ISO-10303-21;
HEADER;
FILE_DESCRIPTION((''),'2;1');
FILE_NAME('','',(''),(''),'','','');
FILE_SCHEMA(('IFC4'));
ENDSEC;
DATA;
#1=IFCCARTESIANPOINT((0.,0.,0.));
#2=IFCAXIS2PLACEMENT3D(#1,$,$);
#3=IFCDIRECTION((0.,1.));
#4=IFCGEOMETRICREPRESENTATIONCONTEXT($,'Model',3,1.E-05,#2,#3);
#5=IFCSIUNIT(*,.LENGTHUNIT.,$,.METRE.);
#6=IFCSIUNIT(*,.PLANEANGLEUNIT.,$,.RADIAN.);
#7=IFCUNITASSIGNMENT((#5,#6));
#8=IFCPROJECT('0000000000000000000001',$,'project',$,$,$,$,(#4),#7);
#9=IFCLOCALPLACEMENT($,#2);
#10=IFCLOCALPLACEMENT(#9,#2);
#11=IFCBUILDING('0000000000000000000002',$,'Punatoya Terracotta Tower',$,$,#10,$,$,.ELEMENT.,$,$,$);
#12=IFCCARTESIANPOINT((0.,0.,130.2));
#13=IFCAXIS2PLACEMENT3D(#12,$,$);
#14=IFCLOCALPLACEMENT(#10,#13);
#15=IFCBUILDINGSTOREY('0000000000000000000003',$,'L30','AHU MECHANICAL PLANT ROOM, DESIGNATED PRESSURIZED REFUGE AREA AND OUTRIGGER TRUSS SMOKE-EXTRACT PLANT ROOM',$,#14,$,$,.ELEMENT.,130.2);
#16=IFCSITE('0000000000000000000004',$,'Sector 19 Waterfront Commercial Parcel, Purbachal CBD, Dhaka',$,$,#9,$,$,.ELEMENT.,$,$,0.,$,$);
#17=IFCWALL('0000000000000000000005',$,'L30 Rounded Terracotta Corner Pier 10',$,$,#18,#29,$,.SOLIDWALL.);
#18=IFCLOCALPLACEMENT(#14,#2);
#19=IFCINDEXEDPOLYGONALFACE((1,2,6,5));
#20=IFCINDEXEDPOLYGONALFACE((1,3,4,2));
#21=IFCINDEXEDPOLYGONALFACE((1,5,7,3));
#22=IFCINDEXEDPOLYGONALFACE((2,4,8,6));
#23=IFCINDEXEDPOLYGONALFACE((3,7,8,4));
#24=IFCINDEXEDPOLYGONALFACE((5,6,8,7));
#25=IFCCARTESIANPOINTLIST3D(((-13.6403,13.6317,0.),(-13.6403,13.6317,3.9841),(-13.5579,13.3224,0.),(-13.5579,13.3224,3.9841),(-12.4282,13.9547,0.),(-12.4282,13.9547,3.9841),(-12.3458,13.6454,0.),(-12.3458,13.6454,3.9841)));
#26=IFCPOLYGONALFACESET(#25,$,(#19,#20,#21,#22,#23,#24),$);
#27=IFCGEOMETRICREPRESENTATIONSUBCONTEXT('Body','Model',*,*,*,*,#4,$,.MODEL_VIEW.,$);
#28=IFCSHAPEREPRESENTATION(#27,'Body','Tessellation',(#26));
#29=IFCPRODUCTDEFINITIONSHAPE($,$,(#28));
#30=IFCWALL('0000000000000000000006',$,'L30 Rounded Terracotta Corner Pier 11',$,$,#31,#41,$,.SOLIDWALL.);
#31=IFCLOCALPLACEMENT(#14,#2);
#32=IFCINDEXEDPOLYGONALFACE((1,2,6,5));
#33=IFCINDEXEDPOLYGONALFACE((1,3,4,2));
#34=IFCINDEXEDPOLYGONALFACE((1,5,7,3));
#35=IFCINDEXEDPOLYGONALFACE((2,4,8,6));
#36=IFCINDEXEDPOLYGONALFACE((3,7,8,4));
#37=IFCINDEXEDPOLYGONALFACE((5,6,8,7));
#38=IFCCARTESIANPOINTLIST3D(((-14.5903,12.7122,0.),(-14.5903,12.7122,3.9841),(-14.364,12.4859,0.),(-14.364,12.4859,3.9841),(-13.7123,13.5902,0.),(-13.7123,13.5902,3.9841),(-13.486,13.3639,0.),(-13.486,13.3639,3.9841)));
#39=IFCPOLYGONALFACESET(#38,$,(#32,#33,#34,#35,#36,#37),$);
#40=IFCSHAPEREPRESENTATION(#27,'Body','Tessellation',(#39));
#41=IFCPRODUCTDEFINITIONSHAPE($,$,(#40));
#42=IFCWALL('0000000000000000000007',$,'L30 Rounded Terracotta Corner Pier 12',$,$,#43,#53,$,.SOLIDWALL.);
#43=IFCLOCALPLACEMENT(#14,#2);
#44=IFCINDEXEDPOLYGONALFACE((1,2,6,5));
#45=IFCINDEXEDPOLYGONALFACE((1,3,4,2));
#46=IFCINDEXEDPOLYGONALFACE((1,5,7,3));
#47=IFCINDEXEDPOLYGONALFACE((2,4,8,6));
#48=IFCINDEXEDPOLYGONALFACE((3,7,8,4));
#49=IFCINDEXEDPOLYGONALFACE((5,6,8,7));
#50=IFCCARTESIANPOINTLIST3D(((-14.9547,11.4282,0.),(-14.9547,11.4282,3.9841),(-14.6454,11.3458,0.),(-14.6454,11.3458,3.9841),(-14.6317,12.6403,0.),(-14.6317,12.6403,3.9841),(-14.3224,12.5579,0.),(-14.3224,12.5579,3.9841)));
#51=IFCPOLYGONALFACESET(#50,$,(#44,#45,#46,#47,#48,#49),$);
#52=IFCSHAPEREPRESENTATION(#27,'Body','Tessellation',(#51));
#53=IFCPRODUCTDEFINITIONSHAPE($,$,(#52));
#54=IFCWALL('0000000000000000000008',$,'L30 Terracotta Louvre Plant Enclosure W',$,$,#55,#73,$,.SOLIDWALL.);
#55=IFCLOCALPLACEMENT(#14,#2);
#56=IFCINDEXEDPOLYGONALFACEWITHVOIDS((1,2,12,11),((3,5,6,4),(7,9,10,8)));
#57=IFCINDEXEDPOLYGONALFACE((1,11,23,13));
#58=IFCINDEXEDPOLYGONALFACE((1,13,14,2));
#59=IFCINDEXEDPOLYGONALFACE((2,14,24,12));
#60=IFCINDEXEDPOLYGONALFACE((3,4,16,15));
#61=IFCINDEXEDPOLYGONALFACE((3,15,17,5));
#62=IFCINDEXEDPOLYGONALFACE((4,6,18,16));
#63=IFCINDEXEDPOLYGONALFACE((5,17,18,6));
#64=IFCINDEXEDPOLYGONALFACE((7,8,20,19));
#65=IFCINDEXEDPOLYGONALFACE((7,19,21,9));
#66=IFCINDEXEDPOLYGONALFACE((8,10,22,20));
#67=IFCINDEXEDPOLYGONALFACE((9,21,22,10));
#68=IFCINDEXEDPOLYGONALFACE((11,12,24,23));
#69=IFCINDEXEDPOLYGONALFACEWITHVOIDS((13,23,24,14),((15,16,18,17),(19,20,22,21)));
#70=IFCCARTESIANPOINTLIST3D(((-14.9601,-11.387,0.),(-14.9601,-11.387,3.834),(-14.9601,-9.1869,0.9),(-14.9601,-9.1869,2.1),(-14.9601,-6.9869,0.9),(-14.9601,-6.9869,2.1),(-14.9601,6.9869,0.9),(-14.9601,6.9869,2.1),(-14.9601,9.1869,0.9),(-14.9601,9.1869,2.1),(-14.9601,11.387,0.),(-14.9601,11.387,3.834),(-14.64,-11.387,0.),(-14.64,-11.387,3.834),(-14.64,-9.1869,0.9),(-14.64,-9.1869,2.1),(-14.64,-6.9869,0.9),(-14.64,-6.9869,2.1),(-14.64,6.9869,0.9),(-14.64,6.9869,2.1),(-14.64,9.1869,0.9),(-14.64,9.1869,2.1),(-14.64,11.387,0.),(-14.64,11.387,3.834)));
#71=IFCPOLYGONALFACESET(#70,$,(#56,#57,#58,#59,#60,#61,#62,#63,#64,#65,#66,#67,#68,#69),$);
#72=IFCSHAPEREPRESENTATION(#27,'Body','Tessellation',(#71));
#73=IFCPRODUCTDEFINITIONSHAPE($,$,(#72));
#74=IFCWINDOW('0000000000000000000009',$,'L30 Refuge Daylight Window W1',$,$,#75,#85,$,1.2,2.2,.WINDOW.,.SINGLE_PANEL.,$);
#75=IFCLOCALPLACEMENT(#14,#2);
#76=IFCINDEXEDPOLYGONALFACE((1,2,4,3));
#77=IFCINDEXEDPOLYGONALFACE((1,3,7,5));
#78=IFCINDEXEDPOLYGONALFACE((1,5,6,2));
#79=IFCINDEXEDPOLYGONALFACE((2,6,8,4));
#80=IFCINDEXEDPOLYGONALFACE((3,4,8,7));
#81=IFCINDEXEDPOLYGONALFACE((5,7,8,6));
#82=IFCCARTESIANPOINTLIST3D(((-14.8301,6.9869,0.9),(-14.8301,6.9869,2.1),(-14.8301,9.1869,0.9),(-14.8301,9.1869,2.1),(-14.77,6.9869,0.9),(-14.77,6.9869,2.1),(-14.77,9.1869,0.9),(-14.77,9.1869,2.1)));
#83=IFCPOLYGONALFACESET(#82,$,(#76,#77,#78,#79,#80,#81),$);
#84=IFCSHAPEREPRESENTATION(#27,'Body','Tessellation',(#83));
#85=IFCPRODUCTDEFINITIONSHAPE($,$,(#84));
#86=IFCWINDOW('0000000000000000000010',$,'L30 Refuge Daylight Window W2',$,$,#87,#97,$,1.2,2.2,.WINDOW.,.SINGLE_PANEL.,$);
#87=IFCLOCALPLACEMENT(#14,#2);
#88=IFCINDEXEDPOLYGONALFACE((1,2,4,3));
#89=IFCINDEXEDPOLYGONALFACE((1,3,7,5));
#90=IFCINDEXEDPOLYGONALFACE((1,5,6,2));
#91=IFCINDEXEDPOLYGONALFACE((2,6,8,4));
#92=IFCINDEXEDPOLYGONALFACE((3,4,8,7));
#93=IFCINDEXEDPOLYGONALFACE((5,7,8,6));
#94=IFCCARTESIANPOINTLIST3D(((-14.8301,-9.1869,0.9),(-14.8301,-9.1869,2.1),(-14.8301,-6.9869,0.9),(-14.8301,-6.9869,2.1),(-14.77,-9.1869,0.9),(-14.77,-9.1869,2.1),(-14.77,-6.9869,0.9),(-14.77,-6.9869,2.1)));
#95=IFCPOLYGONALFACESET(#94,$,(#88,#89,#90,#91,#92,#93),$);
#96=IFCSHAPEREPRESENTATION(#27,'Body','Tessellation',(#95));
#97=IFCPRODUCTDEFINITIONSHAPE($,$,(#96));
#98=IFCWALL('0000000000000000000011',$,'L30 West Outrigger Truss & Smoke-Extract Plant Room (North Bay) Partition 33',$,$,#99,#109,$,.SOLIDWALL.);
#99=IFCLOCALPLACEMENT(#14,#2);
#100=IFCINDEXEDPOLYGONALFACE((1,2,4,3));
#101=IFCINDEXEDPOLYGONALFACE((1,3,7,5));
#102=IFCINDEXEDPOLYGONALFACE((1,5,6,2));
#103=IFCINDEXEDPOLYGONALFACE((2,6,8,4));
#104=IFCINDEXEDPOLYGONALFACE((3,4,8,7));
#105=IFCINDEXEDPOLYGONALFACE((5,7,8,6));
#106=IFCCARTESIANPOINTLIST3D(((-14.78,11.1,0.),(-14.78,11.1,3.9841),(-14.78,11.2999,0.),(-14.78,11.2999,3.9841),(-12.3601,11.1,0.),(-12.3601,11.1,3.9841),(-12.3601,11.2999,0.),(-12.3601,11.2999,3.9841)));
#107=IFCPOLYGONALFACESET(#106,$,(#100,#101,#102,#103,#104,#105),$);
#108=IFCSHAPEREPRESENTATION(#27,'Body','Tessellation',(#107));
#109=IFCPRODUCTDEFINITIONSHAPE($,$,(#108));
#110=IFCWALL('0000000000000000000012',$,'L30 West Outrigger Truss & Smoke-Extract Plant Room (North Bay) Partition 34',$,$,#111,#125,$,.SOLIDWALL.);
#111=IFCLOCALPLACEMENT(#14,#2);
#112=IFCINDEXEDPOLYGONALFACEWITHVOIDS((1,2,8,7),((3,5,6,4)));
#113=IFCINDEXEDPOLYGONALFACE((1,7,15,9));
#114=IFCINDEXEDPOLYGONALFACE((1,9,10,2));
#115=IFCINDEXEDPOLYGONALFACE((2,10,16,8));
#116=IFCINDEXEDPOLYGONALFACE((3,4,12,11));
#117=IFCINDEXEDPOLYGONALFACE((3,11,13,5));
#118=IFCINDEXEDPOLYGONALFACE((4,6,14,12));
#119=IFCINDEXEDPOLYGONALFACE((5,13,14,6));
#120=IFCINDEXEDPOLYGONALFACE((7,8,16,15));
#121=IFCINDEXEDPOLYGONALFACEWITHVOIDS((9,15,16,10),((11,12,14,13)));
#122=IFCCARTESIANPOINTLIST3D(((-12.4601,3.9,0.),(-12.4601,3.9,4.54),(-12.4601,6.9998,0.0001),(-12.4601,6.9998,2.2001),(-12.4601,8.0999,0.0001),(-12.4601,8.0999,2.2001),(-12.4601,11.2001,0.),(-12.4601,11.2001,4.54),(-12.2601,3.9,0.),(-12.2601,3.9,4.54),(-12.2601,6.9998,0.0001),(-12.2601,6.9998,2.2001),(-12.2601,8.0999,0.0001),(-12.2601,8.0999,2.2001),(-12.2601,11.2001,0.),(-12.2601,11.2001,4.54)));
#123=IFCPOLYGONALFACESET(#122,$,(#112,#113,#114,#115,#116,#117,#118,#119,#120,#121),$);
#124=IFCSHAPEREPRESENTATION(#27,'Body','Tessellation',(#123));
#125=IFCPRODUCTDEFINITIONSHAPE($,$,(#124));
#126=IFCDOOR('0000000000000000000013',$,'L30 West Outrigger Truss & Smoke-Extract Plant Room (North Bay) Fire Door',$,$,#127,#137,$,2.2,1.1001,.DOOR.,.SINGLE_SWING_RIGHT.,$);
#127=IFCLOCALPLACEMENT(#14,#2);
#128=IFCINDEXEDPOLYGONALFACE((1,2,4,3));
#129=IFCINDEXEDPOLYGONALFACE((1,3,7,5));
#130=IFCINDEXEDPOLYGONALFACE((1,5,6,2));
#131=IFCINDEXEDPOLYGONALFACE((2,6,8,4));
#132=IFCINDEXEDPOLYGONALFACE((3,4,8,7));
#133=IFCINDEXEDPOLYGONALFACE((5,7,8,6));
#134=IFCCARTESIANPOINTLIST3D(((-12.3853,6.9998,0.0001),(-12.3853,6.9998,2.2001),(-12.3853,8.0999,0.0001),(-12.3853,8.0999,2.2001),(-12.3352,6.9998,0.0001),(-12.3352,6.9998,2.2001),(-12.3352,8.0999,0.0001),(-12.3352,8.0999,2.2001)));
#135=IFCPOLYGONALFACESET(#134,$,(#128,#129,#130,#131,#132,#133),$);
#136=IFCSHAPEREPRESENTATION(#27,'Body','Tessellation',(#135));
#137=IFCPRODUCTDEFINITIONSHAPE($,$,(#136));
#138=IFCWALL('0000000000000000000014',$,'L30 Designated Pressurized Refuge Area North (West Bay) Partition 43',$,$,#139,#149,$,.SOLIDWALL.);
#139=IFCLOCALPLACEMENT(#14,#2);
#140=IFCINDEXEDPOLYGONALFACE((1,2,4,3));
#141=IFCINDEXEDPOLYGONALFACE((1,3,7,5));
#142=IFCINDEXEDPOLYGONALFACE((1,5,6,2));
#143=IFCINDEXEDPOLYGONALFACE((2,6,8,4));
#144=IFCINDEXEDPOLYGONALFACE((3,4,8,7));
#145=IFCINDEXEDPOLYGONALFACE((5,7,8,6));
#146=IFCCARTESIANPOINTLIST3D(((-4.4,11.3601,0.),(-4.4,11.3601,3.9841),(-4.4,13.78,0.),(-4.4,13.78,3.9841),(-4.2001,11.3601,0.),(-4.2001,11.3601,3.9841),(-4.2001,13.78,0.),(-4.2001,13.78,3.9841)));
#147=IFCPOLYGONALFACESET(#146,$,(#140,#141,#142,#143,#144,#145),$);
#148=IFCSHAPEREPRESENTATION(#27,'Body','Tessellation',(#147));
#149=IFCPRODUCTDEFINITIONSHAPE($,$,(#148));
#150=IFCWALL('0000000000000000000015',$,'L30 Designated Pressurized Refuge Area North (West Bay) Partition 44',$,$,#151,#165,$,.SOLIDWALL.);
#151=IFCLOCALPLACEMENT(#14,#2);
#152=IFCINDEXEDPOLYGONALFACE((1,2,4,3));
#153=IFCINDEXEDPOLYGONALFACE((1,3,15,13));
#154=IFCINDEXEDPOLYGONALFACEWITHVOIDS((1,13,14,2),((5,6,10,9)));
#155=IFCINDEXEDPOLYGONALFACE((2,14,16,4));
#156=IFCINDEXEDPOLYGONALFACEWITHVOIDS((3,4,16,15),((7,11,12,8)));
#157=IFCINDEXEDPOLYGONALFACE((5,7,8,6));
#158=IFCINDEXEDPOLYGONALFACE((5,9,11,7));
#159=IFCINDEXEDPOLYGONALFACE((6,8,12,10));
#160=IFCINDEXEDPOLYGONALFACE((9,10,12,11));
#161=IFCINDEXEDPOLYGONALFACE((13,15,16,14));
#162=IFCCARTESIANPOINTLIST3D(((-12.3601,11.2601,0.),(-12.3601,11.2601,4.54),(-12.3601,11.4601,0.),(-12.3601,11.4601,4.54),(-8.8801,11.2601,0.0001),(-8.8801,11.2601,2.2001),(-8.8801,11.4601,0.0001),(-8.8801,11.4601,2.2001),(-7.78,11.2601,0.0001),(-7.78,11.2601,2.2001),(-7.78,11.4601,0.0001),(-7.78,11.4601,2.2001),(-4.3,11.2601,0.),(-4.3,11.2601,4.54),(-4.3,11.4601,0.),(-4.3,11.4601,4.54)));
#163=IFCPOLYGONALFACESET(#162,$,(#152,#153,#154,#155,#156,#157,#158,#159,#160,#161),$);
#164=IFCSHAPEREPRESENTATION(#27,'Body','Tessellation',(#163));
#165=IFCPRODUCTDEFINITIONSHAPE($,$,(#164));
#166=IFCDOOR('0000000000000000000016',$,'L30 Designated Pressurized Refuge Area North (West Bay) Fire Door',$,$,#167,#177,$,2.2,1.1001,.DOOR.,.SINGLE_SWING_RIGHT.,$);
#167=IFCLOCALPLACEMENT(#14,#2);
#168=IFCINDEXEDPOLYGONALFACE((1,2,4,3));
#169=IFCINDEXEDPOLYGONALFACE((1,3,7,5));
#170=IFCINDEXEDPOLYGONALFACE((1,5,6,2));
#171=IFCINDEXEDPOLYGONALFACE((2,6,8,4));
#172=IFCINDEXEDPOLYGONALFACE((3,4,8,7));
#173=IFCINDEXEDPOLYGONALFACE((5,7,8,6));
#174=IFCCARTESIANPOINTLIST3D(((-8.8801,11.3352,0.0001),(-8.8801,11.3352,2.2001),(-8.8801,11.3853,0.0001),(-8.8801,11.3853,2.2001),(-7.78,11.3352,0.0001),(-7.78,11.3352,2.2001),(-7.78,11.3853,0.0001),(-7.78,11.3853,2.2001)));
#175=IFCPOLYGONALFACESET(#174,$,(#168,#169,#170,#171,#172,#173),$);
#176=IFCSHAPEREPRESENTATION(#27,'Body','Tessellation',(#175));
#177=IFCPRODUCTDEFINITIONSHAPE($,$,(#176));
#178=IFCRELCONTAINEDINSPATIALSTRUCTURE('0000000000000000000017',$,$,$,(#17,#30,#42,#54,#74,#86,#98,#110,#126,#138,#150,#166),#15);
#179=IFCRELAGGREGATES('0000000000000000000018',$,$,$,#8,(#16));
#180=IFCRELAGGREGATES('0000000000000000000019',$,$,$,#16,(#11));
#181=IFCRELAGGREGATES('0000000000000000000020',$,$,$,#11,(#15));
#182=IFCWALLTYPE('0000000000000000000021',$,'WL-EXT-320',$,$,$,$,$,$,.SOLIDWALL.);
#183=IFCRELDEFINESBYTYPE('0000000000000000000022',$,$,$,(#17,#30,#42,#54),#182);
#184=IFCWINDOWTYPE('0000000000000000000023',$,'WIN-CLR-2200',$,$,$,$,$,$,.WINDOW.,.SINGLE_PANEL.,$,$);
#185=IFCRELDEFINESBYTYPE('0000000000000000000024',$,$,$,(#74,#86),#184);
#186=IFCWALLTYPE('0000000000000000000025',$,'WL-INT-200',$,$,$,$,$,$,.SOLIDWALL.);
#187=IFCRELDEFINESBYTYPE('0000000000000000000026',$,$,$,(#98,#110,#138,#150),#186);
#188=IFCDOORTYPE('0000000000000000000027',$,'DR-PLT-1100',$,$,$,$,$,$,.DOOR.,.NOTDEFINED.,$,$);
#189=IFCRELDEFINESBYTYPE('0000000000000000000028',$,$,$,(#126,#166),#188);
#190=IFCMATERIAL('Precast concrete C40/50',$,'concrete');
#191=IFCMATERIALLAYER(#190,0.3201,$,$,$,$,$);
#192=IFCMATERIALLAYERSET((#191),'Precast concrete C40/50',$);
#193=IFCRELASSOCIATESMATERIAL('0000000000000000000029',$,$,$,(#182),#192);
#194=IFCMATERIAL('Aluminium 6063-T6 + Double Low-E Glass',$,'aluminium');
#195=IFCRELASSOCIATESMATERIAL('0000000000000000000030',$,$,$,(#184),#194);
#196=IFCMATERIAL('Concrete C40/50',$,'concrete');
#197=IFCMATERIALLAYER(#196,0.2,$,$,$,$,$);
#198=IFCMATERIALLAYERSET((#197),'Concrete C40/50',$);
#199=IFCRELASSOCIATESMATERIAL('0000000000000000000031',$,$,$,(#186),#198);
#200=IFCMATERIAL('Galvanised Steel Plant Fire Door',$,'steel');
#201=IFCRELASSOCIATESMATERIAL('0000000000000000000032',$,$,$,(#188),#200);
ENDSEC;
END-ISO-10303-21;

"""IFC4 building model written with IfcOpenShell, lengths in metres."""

from ifc_helpers import new_model, si_unit, direction, frame, frame_2d, origin, place, context, subcontext, project, spatial, rectangle, extrude, material, layer, layer_set, type_object, element, fill, save


model = new_model("IFC4")

# Units and contexts
model_context = context("Model", 3, precision=1e-05, world=origin(), true_north=direction((0.0, 1.0)))
body_context = subcontext(model_context, "Body", "Model", "MODEL_VIEW")
ifc_project = project(units=[si_unit("LENGTHUNIT", "METRE"), si_unit("PLANEANGLEUNIT", "RADIAN")], contexts=[model_context])

# Site, building, storey
site_placement = place(None, origin())
site = spatial("IfcSite", under=ifc_project, at=site_placement, Name="Sector 19 Waterfront Commercial Parcel, Purbachal CBD, Dhaka", CompositionType="ELEMENT", RefElevation=0.0)
building_placement = place(site_placement, origin())
building = spatial("IfcBuilding", under=site, at=building_placement, Name="Punatoya Terracotta Tower", CompositionType="ELEMENT")
storey_placement = place(building_placement, frame((0.0, 0.0, 130.2)))
storey = spatial("IfcBuildingStorey", under=building, at=storey_placement, Name="L30", Description="AHU MECHANICAL PLANT ROOM, DESIGNATED PRESSURIZED REFUGE AREA AND OUTRIGGER TRUSS SMOKE-EXTRACT PLANT ROOM", CompositionType="ELEMENT", Elevation=130.2)

# Walls
ifc_material_1 = material(Name="Precast concrete C40/50", Category="concrete")
ifc_layer_1 = layer(ifc_material_1, 0.3201)
ifc_layer_set_1 = layer_set([ifc_layer_1], Name="Precast concrete C40/50")
wall_type_1 = type_object("IfcWallType", Name="WL-EXT-320", PredefinedType="SOLIDWALL", material=ifc_layer_set_1)
wall_1_placement = place(storey_placement, frame((-12.387, 13.8, 0.0), z_axis=(0.0, 0.0, 1.0), x_axis=(-0.966283, -0.257481, 0.0)))
element("IfcWall", 1, at=wall_1_placement, inside=storey, type_object=wall_type_1, Name="L30 Rounded Terracotta Corner Pier 10", PredefinedType="SOLIDWALL", context=body_context, shape_type="SweptSolid", body=[
    extrude(rectangle(XDim=1.2544, YDim=0.3201, at=frame_2d((0.6272, 0.0))), origin(), (0.0, 0.0, 1.0), 3.9841),
])
wall_2_placement = place(storey_placement, frame((-13.5991, 13.4771, 0.0), z_axis=(0.0, 0.0, 1.0), x_axis=(-0.707107, -0.707107, 0.0)))
element("IfcWall", 2, at=wall_2_placement, inside=storey, type_object=wall_type_1, Name="L30 Rounded Terracotta Corner Pier 11", PredefinedType="SOLIDWALL", context=body_context, shape_type="SweptSolid", body=[
    extrude(rectangle(XDim=1.2417, YDim=0.3201, at=frame_2d((0.6208, 0.0))), origin(), (0.0, 0.0, 1.0), 3.9841),
])
wall_3_placement = place(storey_placement, frame((-14.4771, 12.5991, 0.0), z_axis=(0.0, 0.0, 1.0), x_axis=(-0.257481, -0.966283, 0.0)))
element("IfcWall", 3, at=wall_3_placement, inside=storey, type_object=wall_type_1, Name="L30 Rounded Terracotta Corner Pier 12", PredefinedType="SOLIDWALL", context=body_context, shape_type="SweptSolid", body=[
    extrude(rectangle(XDim=1.2544, YDim=0.3201, at=frame_2d((0.6272, 0.0))), origin(), (0.0, 0.0, 1.0), 3.9841),
])

# Wall, openings, windows
wall_4_placement = place(storey_placement, frame((-14.8, 11.387, 0.0), z_axis=(0.0, 0.0, 1.0), x_axis=(0.0, -1.0, 0.0)))
wall_4 = element("IfcWall", 4, at=wall_4_placement, inside=storey, type_object=wall_type_1, Name="L30 Terracotta Louvre Plant Enclosure W", PredefinedType="SOLIDWALL", context=body_context, shape_type="SweptSolid", body=[
    extrude(rectangle(XDim=22.7739, YDim=0.3201, at=frame_2d((11.387, 0.0))), origin(), (0.0, 0.0, 1.0), 3.834),
])
opening_1_placement = place(wall_4_placement, frame((2.2, 0.0, 0.8999)))
opening_1 = element("IfcOpeningElement", 5, at=opening_1_placement, cuts=wall_4, PredefinedType="OPENING", context=body_context, shape_type="SweptSolid", body=[
    extrude(rectangle(XDim=2.2, YDim=1.2, at=frame_2d((1.1001, 0.6001))), frame((0.0, 0.1699, 0.0), z_axis=(0.0, -1.0, 0.0), x_axis=(1.0, 0.0, 0.0)), (0.0, 0.0, 1.0), 0.3401),
])
opening_2_placement = place(wall_4_placement, frame((18.3738, 0.0, 0.8999)))
opening_2 = element("IfcOpeningElement", 6, at=opening_2_placement, cuts=wall_4, PredefinedType="OPENING", context=body_context, shape_type="SweptSolid", body=[
    extrude(rectangle(XDim=2.2, YDim=1.2, at=frame_2d((1.1001, 0.6001))), frame((0.0, 0.1699, 0.0), z_axis=(0.0, -1.0, 0.0), x_axis=(1.0, 0.0, 0.0)), (0.0, 0.0, 1.0), 0.3401),
])
ifc_material_2 = material(Name="Aluminium 6063-T6 + Double Low-E Glass", Category="aluminium")
window_type = type_object("IfcWindowType", Name="WIN-CLR-2200", PartitioningType="SINGLE_PANEL", PredefinedType="WINDOW", material=ifc_material_2)
window_1_placement = place(opening_1_placement, origin())
window_1 = element("IfcWindow", 7, at=window_1_placement, inside=storey, type_object=window_type, Name="L30 Refuge Daylight Window W1", OverallHeight=1.2, OverallWidth=2.2, PartitioningType="SINGLE_PANEL", PredefinedType="WINDOW", context=body_context, shape_type="SweptSolid", body=[
    extrude(rectangle(XDim=2.2, YDim=1.2, at=frame_2d((1.1001, 0.6001))), frame((0.0, 0.03, 0.0), z_axis=(0.0, -1.0, 0.0), x_axis=(1.0, 0.0, 0.0)), (0.0, 0.0, 1.0), 0.0601),
])
fill(opening_1, window_1)
window_2_placement = place(opening_2_placement, origin())
window_2 = element("IfcWindow", 8, at=window_2_placement, inside=storey, type_object=window_type, Name="L30 Refuge Daylight Window W2", OverallHeight=1.2, OverallWidth=2.2, PartitioningType="SINGLE_PANEL", PredefinedType="WINDOW", context=body_context, shape_type="SweptSolid", body=[
    extrude(rectangle(XDim=2.2, YDim=1.2, at=frame_2d((1.1001, 0.6001))), frame((0.0, 0.03, 0.0), z_axis=(0.0, -1.0, 0.0), x_axis=(1.0, 0.0, 0.0)), (0.0, 0.0, 1.0), 0.0601),
])
fill(opening_2, window_2)

# Wall
ifc_material_3 = material(Name="Concrete C40/50", Category="concrete")
ifc_layer_2 = layer(ifc_material_3, 0.2)
ifc_layer_set_2 = layer_set([ifc_layer_2], Name="Concrete C40/50")
wall_type_2 = type_object("IfcWallType", Name="WL-INT-200", PredefinedType="SOLIDWALL", material=ifc_layer_set_2)
wall_5_placement = place(storey_placement, frame((-14.78, 11.2, 0.0), z_axis=(0.0, 0.0, 1.0), x_axis=(1.0, 0.0, 0.0)))
element("IfcWall", 9, at=wall_5_placement, inside=storey, type_object=wall_type_2, Name="L30 West Outrigger Truss & Smoke-Extract Plant Room (North Bay) Partition 33", PredefinedType="SOLIDWALL", context=body_context, shape_type="SweptSolid", body=[
    extrude(rectangle(XDim=2.4199, YDim=0.2, at=frame_2d((1.21, 0.0))), origin(), (0.0, 0.0, 1.0), 3.9841),
])

# Wall, opening, door
wall_6_placement = place(storey_placement, frame((-12.3601, 11.2, 0.0), z_axis=(0.0, 0.0, 1.0), x_axis=(0.0, -1.0, 0.0)))
wall_6 = element("IfcWall", 10, at=wall_6_placement, inside=storey, type_object=wall_type_2, Name="L30 West Outrigger Truss & Smoke-Extract Plant Room (North Bay) Partition 34", PredefinedType="SOLIDWALL", context=body_context, shape_type="SweptSolid", body=[
    extrude(rectangle(XDim=7.3, YDim=0.2, at=frame_2d((3.6499, 0.0))), origin(), (0.0, 0.0, 1.0), 4.54),
])
opening_3_placement = place(wall_6_placement, frame((3.1001, 0.0, 0.0)))
opening_3 = element("IfcOpeningElement", 11, at=opening_3_placement, cuts=wall_6, PredefinedType="OPENING", context=body_context, shape_type="SweptSolid", body=[
    extrude(rectangle(XDim=1.1001, YDim=2.2, at=frame_2d((0.55, 1.1001))), frame((0.0, 0.1099, 0.0), z_axis=(0.0, -1.0, 0.0), x_axis=(1.0, 0.0, 0.0)), (0.0, 0.0, 1.0), 0.22),
])
ifc_material_4 = material(Name="Galvanised Steel Plant Fire Door", Category="steel")
door_type = type_object("IfcDoorType", Name="DR-PLT-1100", OperationType="NOTDEFINED", PredefinedType="DOOR", material=ifc_material_4)
door_1_placement = place(opening_3_placement, origin())
door_1 = element("IfcDoor", 12, at=door_1_placement, inside=storey, type_object=door_type, Name="L30 West Outrigger Truss & Smoke-Extract Plant Room (North Bay) Fire Door", OperationType="SINGLE_SWING_RIGHT", OverallHeight=2.2, OverallWidth=1.1001, PredefinedType="DOOR", context=body_context, shape_type="SweptSolid", body=[
    extrude(rectangle(XDim=1.1001, YDim=2.2, at=frame_2d((0.55, 1.1001))), frame((0.0, 0.0249, 0.0), z_axis=(0.0, -1.0, 0.0), x_axis=(1.0, 0.0, 0.0)), (0.0, 0.0, 1.0), 0.05),
])
fill(opening_3, door_1)

# Wall
wall_7_placement = place(storey_placement, frame((-4.3, 13.78, 0.0), z_axis=(0.0, 0.0, 1.0), x_axis=(0.0, -1.0, 0.0)))
element("IfcWall", 13, at=wall_7_placement, inside=storey, type_object=wall_type_2, Name="L30 Designated Pressurized Refuge Area North (West Bay) Partition 43", PredefinedType="SOLIDWALL", context=body_context, shape_type="SweptSolid", body=[
    extrude(rectangle(XDim=2.4199, YDim=0.2, at=frame_2d((1.21, 0.0))), origin(), (0.0, 0.0, 1.0), 3.9841),
])

# Wall, opening, door
wall_8_placement = place(storey_placement, frame((-4.3, 11.3601, 0.0), z_axis=(0.0, 0.0, 1.0), x_axis=(-1.0, 0.0, 0.0)))
wall_8 = element("IfcWall", 14, at=wall_8_placement, inside=storey, type_object=wall_type_2, Name="L30 Designated Pressurized Refuge Area North (West Bay) Partition 44", PredefinedType="SOLIDWALL", context=body_context, shape_type="SweptSolid", body=[
    extrude(rectangle(XDim=8.0601, YDim=0.2, at=frame_2d((4.03, 0.0))), origin(), (0.0, 0.0, 1.0), 4.54),
])
opening_4_placement = place(wall_8_placement, frame((3.48, 0.0, 0.0)))
opening_4 = element("IfcOpeningElement", 15, at=opening_4_placement, cuts=wall_8, PredefinedType="OPENING", context=body_context, shape_type="SweptSolid", body=[
    extrude(rectangle(XDim=1.1001, YDim=2.2, at=frame_2d((0.55, 1.1001))), frame((0.0, 0.1099, 0.0), z_axis=(0.0, -1.0, 0.0), x_axis=(1.0, 0.0, 0.0)), (0.0, 0.0, 1.0), 0.22),
])
door_2_placement = place(opening_4_placement, origin())
door_2 = element("IfcDoor", 16, at=door_2_placement, inside=storey, type_object=door_type, Name="L30 Designated Pressurized Refuge Area North (West Bay) Fire Door", OperationType="SINGLE_SWING_RIGHT", OverallHeight=2.2, OverallWidth=1.1001, PredefinedType="DOOR", context=body_context, shape_type="SweptSolid", body=[
    extrude(rectangle(XDim=1.1001, YDim=2.2, at=frame_2d((0.55, 1.1001))), frame((0.0, 0.0249, 0.0), z_axis=(0.0, -1.0, 0.0), x_axis=(1.0, 0.0, 0.0)), (0.0, 0.0, 1.0), 0.05),
])
fill(opening_4, door_2)

save(model, "model.ifc")
